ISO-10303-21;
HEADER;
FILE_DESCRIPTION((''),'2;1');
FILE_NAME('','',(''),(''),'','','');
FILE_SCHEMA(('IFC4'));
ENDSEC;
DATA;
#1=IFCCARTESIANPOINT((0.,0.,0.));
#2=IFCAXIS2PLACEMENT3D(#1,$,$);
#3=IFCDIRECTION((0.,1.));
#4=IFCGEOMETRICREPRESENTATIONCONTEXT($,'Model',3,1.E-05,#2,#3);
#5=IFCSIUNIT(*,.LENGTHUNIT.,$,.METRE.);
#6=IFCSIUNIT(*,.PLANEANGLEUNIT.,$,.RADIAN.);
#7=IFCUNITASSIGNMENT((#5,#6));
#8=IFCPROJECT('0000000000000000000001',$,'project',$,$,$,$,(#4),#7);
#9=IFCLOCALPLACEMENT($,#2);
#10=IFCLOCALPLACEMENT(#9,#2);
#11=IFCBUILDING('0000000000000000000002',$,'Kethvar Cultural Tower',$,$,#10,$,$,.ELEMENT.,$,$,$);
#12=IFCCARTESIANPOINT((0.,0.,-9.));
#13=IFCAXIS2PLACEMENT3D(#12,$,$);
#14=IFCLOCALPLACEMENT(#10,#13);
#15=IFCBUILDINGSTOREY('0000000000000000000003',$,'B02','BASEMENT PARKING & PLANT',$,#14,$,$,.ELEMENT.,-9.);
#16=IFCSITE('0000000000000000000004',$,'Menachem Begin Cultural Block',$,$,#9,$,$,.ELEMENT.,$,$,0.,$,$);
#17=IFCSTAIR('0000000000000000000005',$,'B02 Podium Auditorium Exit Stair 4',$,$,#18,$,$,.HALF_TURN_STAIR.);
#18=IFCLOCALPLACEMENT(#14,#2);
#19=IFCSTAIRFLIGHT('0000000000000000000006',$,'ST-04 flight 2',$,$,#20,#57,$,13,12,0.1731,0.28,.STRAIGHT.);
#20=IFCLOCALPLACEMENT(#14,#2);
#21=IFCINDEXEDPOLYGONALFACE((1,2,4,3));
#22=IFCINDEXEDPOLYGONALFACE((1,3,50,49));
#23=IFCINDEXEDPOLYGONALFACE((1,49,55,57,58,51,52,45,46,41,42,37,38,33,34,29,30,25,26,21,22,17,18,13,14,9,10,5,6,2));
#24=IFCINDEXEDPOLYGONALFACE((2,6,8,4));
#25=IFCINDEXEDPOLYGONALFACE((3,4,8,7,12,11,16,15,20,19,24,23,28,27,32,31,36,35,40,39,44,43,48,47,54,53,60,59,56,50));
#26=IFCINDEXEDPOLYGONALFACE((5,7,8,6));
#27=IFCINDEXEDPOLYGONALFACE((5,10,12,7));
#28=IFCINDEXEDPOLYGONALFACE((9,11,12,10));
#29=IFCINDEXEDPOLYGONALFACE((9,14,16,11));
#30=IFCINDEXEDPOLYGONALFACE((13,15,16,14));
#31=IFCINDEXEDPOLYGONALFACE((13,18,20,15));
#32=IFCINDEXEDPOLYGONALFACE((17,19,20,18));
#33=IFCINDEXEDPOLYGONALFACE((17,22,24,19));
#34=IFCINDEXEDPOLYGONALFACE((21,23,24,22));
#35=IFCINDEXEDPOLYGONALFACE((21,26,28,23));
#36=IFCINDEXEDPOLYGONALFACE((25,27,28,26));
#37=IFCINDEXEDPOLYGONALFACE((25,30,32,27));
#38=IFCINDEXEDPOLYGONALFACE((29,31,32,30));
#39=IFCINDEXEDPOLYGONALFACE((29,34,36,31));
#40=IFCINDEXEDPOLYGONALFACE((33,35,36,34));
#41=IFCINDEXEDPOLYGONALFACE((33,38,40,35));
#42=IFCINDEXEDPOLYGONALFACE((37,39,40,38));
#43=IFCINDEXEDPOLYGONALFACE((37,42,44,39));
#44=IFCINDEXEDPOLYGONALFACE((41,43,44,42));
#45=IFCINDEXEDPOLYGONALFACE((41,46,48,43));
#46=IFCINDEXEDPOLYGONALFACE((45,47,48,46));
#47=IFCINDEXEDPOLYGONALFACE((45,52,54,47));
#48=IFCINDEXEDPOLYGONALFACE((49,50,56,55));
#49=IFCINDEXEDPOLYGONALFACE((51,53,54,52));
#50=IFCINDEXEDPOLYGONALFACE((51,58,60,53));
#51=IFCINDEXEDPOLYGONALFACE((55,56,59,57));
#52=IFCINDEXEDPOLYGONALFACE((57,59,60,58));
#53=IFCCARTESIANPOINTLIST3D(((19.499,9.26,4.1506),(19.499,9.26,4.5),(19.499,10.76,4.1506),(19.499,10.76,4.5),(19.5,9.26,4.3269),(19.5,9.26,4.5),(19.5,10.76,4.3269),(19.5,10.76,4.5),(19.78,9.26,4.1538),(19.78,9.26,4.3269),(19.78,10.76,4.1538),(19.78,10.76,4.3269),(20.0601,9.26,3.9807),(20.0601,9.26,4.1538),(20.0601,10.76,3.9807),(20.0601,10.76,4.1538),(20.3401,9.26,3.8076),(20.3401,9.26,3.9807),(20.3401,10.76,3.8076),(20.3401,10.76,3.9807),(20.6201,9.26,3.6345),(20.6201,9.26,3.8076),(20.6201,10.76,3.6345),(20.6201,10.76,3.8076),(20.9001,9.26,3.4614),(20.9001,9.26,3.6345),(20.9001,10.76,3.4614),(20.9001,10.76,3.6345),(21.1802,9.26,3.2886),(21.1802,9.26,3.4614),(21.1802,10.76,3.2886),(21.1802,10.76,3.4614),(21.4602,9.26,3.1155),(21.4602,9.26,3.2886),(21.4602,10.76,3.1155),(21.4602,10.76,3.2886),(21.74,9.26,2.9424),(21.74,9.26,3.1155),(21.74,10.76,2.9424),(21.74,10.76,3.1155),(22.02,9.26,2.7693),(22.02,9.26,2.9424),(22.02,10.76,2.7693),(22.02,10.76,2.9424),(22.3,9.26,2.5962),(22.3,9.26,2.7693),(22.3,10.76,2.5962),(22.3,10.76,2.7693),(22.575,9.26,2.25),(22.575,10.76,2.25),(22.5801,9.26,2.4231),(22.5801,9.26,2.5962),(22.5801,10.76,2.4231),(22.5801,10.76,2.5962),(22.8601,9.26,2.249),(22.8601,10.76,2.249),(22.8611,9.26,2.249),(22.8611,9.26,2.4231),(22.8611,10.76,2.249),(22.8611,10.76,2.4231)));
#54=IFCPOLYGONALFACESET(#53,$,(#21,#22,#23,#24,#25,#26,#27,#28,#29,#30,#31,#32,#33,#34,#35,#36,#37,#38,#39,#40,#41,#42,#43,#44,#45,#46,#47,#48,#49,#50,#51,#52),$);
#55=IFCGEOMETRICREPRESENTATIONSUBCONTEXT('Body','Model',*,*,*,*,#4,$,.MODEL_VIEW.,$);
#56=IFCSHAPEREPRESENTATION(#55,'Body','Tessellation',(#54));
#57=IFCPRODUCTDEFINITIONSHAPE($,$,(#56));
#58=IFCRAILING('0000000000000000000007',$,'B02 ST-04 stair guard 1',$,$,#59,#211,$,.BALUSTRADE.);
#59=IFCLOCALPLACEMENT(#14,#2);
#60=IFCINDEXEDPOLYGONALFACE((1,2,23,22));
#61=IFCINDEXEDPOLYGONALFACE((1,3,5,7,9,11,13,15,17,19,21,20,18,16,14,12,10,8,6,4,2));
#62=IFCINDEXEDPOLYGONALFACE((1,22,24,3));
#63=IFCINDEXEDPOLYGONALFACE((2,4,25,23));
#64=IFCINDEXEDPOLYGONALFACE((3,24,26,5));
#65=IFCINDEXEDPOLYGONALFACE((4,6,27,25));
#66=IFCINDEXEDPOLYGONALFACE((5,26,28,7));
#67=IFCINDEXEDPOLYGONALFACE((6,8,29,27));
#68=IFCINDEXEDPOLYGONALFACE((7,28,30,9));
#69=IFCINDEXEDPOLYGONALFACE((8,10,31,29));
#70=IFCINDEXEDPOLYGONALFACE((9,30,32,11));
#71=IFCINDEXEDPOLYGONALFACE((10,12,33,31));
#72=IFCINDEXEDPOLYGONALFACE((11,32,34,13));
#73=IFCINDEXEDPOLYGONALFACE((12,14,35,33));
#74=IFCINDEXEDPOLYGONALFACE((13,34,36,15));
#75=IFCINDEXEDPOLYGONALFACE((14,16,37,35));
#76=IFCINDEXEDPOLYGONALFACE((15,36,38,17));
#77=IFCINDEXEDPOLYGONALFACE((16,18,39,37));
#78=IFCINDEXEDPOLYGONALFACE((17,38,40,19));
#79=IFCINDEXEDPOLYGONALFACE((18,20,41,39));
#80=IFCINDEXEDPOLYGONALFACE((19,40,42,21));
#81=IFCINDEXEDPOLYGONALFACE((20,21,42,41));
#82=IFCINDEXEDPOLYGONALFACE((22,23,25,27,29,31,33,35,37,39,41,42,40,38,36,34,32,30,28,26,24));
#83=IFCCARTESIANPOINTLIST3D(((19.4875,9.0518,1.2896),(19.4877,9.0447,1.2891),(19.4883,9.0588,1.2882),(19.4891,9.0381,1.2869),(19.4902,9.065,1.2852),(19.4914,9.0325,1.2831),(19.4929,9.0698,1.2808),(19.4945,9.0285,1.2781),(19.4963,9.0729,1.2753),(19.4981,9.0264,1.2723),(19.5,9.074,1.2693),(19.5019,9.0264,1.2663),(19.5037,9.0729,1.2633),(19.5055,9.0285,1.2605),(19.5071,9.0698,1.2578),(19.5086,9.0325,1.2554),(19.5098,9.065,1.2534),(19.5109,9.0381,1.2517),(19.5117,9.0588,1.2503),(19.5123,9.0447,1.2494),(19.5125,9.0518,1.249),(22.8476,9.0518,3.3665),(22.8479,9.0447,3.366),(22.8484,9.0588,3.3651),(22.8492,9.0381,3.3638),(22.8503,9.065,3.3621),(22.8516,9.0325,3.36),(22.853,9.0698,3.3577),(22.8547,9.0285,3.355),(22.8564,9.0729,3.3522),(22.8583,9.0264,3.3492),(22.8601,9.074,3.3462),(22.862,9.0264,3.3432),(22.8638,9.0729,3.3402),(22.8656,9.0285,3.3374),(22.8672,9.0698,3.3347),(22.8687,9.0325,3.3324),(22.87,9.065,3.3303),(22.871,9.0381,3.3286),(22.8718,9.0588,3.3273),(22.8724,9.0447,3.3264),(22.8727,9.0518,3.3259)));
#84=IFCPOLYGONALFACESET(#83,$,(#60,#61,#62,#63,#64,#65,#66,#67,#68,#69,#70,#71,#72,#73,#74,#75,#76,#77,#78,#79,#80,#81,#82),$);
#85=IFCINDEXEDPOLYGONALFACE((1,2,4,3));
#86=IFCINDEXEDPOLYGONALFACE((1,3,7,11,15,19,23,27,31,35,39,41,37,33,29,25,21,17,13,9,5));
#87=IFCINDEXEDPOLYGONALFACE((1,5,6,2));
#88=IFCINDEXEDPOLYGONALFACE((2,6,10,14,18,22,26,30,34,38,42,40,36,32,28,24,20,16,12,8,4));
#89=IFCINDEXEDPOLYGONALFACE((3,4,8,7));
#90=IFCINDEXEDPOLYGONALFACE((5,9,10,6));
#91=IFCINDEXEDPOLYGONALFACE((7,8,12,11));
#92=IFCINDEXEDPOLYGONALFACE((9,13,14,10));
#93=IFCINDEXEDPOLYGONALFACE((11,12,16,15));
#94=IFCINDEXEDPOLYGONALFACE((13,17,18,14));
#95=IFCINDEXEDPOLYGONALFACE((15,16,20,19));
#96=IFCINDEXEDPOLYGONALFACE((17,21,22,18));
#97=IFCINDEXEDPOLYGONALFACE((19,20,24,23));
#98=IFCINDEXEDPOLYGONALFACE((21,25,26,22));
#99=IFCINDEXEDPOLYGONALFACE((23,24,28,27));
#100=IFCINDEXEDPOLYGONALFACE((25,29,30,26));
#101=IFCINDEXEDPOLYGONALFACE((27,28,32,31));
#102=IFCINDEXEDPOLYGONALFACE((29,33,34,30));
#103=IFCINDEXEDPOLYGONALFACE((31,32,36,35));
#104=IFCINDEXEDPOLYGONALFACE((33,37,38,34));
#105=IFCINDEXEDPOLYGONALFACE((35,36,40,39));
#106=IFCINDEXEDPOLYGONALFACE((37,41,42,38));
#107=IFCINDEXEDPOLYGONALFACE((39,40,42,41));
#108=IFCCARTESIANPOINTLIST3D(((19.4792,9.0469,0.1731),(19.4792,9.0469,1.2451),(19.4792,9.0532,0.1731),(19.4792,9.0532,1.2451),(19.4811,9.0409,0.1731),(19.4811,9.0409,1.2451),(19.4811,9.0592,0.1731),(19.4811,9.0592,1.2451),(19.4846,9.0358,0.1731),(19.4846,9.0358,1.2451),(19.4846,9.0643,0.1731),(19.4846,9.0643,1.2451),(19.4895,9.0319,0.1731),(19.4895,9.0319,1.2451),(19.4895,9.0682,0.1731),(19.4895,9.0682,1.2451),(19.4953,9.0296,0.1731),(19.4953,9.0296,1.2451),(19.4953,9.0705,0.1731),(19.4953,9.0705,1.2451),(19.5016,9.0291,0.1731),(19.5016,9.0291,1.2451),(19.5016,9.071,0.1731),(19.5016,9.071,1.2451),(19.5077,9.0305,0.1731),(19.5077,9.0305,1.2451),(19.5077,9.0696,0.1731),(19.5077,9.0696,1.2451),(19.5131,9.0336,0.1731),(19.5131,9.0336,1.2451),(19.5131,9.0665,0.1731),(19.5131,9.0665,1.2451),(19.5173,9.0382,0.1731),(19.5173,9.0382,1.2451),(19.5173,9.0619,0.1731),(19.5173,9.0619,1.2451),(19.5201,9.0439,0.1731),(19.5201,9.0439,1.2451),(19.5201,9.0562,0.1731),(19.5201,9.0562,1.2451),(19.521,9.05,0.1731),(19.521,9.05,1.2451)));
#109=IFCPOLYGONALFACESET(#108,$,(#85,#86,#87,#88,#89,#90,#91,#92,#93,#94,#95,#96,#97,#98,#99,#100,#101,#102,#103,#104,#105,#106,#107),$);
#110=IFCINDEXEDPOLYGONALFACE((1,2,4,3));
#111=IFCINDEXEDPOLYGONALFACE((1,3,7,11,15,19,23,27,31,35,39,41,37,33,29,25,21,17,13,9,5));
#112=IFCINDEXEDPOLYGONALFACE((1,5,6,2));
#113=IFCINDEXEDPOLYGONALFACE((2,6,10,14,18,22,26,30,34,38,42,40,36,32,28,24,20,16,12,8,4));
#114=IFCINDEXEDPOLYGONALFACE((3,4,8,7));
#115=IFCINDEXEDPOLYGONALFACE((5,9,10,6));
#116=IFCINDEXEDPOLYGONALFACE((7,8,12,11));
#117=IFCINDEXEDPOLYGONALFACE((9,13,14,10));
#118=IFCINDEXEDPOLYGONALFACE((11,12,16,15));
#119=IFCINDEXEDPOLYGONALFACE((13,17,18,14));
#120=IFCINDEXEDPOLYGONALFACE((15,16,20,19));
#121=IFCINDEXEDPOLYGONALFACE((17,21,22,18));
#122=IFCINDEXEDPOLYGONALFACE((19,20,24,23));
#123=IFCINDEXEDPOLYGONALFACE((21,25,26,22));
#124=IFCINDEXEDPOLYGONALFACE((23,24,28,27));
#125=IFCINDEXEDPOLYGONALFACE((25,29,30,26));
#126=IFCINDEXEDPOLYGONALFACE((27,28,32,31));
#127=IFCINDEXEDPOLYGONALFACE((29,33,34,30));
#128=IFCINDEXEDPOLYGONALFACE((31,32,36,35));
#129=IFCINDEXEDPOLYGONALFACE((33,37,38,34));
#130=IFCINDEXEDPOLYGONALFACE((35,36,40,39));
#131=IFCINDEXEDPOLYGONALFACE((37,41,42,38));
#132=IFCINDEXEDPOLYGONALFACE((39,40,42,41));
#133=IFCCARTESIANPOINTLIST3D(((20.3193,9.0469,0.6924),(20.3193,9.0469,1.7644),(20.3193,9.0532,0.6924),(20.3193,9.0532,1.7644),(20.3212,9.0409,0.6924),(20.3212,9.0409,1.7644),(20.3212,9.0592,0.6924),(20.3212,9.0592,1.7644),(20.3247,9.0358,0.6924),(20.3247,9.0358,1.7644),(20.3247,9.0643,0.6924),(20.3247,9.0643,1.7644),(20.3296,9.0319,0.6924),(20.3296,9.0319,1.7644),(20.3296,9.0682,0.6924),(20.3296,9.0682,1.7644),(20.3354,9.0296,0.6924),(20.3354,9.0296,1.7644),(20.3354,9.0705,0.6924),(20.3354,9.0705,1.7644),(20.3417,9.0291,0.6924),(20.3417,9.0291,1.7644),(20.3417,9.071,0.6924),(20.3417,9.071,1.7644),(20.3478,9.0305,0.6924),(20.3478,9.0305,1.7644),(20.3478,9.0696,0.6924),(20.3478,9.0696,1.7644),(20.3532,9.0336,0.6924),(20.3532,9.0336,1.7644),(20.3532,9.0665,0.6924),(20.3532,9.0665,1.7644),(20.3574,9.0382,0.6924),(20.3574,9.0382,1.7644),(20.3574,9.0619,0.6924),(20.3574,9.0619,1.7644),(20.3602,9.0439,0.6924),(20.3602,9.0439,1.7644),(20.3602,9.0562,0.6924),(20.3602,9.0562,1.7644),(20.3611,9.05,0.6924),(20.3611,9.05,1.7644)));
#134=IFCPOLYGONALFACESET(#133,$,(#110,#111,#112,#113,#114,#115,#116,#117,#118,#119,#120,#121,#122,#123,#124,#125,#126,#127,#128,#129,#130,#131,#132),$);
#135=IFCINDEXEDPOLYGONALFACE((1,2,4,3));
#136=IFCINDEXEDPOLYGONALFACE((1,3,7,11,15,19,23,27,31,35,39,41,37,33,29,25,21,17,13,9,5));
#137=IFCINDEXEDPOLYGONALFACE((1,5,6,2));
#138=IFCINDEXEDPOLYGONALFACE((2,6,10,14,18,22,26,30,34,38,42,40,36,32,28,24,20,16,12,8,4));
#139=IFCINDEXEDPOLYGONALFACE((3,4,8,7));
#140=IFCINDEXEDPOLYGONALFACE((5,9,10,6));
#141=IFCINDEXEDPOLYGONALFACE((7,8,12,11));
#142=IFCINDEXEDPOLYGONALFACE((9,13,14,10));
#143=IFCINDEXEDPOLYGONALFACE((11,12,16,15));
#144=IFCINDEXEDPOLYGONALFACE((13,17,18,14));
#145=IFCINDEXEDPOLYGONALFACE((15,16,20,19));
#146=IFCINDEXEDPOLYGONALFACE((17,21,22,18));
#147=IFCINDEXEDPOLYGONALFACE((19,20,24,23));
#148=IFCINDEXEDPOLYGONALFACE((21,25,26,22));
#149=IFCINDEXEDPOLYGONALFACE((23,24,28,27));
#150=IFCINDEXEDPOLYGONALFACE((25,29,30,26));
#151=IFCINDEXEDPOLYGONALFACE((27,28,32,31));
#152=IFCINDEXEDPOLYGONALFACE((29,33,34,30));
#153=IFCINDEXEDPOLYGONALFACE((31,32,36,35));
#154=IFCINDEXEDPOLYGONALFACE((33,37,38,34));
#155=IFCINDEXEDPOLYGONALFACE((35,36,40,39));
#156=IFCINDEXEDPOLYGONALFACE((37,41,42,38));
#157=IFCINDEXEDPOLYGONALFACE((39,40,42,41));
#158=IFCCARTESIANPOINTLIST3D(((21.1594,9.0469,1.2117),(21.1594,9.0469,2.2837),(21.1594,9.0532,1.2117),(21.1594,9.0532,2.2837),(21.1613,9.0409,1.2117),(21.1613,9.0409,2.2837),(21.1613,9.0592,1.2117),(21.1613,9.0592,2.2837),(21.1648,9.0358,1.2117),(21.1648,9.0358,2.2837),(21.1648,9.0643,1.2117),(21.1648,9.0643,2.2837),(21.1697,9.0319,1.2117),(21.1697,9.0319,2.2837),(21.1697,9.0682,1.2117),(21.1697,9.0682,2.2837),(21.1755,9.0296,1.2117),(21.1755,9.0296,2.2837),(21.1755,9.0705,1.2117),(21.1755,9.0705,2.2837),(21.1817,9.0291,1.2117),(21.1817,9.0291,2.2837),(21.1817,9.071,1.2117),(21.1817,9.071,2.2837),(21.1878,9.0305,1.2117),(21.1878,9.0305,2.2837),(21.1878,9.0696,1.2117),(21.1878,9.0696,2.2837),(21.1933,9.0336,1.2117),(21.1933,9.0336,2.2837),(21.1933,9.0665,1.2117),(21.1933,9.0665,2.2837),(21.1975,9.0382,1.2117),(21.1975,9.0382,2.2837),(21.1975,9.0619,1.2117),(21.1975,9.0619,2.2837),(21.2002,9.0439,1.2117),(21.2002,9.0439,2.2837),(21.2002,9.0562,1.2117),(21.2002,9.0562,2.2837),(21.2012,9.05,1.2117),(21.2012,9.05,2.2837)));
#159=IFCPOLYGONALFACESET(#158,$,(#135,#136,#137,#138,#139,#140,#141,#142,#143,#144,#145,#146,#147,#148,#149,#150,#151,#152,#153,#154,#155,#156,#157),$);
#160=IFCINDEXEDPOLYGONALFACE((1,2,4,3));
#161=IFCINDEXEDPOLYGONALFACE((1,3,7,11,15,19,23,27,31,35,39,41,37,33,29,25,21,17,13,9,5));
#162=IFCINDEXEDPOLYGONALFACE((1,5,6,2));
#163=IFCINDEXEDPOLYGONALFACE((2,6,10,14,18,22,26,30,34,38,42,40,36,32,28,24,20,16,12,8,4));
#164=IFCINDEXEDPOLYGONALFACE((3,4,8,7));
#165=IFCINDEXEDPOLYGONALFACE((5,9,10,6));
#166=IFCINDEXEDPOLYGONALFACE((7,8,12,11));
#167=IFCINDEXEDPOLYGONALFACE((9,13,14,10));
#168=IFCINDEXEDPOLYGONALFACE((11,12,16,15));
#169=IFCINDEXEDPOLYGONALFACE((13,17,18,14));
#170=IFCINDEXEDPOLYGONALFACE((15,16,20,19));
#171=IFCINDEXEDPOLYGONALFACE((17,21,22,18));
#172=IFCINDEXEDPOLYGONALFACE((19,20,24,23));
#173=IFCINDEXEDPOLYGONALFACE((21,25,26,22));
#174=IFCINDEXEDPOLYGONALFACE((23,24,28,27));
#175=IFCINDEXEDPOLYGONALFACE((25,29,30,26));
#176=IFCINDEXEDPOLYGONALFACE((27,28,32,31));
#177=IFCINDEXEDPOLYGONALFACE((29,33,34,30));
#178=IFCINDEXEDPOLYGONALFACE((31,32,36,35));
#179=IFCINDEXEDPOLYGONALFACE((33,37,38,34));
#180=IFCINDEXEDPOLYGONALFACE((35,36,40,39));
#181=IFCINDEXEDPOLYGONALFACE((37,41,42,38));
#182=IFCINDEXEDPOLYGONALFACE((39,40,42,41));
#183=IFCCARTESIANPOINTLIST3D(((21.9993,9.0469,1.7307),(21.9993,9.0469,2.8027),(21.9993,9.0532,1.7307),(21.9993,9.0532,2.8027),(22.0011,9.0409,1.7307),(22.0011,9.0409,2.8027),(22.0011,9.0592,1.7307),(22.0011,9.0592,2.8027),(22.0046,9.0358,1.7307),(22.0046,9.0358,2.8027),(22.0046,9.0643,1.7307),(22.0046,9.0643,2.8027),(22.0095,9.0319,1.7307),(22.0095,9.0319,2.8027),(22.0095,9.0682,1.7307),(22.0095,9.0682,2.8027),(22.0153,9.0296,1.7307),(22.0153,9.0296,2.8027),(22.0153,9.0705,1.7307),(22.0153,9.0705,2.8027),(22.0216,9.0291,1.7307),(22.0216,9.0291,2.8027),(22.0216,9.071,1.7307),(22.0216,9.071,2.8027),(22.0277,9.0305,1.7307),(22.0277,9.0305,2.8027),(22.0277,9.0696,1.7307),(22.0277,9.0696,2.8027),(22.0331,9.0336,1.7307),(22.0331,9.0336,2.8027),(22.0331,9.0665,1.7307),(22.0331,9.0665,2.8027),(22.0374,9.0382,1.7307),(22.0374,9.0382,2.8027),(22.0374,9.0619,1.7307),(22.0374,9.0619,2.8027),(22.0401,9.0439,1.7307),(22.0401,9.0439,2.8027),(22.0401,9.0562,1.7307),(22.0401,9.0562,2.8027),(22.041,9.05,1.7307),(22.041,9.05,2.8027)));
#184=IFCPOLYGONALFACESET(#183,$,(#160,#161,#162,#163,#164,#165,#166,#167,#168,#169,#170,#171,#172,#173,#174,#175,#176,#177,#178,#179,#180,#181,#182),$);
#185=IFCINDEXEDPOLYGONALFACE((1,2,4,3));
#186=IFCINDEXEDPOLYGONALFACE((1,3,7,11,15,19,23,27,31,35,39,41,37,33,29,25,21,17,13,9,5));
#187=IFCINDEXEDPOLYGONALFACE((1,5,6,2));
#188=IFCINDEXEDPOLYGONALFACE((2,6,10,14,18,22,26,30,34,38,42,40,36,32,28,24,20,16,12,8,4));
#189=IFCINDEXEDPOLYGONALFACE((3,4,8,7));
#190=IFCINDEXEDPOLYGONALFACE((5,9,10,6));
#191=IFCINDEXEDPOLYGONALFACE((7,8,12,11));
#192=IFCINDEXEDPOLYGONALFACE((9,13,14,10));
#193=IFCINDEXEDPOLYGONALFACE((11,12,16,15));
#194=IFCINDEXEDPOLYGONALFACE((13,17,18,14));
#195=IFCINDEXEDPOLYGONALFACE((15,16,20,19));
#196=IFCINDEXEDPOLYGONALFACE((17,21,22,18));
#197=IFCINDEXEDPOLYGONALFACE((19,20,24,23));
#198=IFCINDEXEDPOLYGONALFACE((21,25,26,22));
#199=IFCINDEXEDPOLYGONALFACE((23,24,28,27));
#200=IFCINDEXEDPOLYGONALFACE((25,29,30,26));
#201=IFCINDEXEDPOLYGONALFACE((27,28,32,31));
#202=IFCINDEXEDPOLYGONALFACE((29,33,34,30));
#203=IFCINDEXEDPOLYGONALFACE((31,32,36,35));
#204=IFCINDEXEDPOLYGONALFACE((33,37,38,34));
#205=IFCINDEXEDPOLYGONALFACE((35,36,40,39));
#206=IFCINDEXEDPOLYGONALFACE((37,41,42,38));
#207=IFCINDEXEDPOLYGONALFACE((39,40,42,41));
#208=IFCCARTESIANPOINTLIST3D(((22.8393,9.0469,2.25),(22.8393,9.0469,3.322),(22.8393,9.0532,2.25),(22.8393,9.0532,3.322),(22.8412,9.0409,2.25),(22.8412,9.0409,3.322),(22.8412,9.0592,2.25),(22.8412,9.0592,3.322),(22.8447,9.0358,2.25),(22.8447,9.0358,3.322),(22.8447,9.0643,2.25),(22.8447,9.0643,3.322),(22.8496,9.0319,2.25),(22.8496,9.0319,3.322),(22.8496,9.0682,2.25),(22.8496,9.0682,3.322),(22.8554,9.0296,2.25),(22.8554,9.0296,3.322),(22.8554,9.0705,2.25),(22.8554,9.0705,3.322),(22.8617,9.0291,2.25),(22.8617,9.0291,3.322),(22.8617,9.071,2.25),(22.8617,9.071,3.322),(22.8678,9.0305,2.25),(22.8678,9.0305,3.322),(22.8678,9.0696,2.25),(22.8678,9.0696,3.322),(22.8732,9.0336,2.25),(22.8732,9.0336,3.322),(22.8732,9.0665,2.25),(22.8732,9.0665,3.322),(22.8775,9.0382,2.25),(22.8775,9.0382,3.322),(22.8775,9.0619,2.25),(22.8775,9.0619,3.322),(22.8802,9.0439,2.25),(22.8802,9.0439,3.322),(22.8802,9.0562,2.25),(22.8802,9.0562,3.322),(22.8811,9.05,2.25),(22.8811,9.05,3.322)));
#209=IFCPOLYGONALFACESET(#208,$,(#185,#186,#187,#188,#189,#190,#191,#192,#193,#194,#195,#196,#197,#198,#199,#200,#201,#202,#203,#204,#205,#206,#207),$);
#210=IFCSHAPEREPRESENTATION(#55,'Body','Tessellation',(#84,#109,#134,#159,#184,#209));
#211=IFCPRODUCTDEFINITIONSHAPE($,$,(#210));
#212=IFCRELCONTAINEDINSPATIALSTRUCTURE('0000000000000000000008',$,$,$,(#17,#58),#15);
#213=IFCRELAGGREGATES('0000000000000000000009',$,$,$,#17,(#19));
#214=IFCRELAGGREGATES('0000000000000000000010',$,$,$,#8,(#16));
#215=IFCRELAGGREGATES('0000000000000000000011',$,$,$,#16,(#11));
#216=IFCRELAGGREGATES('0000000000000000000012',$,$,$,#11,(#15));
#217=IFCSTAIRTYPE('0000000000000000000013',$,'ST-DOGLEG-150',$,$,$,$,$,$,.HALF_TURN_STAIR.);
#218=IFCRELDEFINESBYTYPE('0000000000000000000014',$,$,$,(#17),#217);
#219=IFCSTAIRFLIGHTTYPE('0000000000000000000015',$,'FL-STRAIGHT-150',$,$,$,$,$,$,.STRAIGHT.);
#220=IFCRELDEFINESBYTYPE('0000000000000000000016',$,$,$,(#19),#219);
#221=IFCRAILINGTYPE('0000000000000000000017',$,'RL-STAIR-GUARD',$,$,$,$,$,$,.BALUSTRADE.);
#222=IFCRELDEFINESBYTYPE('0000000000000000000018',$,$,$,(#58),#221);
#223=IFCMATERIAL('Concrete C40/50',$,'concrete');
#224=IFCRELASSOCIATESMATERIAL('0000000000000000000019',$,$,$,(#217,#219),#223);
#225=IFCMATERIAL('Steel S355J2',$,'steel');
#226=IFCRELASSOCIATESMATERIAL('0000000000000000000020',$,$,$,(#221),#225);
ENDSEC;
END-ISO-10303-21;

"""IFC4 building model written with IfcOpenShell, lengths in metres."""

from ifc_helpers import new_model, si_unit, direction, frame, origin, origin_2d, place, context, subcontext, project, spatial, polyline, circle, outline, extrude, material, type_object, element, aggregate, save


model = new_model("IFC4")

# Units and contexts
model_context = context("Model", 3, precision=1e-05, world=origin(), true_north=direction((0.0, 1.0)))
body_context = subcontext(model_context, "Body", "Model", "MODEL_VIEW")
ifc_project = project(units=[si_unit("LENGTHUNIT", "METRE"), si_unit("PLANEANGLEUNIT", "RADIAN")], contexts=[model_context])

# Site, building, storey
site_placement = place(None, origin())
site = spatial("IfcSite", under=ifc_project, at=site_placement, Name="Menachem Begin Cultural Block", CompositionType="ELEMENT", RefElevation=0.0)
building_placement = place(site_placement, origin())
building = spatial("IfcBuilding", under=site, at=building_placement, Name="Kethvar Cultural Tower", CompositionType="ELEMENT")
storey_placement = place(building_placement, frame((0.0, 0.0, -9.0)))
storey = spatial("IfcBuildingStorey", under=building, at=storey_placement, Name="B02", Description="BASEMENT PARKING & PLANT", CompositionType="ELEMENT", Elevation=-9.0)

# Stair
ifc_material_1 = material(Name="Concrete C40/50", Category="concrete")
stair_type_1 = type_object("IfcStairType", Name="ST-DOGLEG-150", PredefinedType="HALF_TURN_STAIR", material=ifc_material_1)
stair_1_placement = place(storey_placement, origin())
stair_1 = element("IfcStair", 1, at=stair_1_placement, inside=storey, type_object=stair_type_1, Name="B02 Podium Auditorium Exit Stair 4", PredefinedType="HALF_TURN_STAIR")

# Shared definitions
ifc_material_2 = material(Name="Steel S355J2", Category="steel")

# Stair flight
stair_flight_type = type_object("IfcStairFlightType", Name="FL-STRAIGHT-150", PredefinedType="STRAIGHT", material=ifc_material_1)
stair_flight_1_placement = place(storey_placement, frame((22.8601, 10.01, 2.25), z_axis=(0.0, 0.0, 1.0), x_axis=(-1.0, 0.0, 0.0)))
stair_flight_1 = element("IfcStairFlight", 2, at=stair_flight_1_placement, type_object=stair_flight_type, Name="ST-04 flight 2", NumberOfRisers=13, NumberOfTreads=12, PredefinedType="STRAIGHT", RiserHeight=0.1731, TreadLength=0.28, context=body_context, shape_type="SweptSolid", body=[
    extrude(outline(polyline([(-0.001, -0.001), (-0.001, 0.1731), (0.28, 0.1731), (0.28, 0.3462), (0.5601, 0.3462), (0.5601, 0.5193), (0.8401, 0.5193), (0.8401, 0.6924), (1.1201, 0.6924), (1.1201, 0.8655), (1.3999, 0.8655), (1.3999, 1.0386), (1.6799, 1.0386), (1.6799, 1.2114), (1.96, 1.2114), (1.96, 1.3845), (2.24, 1.3845), (2.24, 1.5576), (2.52, 1.5576), (2.52, 1.7307), (2.8, 1.7307), (2.8, 1.9038), (3.0801, 1.9038), (3.0801, 2.0769), (3.3601, 2.0769), (3.3601, 2.25), (3.3611, 2.25), (3.3611, 1.9006), (0.2852, 0.0), (0.0, -0.001), (-0.001, -0.001)])), frame((0.0, 0.75, 0.0), z_axis=(0.0, -1.0, 0.0), x_axis=(1.0, 0.0, 0.0)), (0.0, 0.0, 1.0), 1.5),
])
aggregate(stair_1, [stair_flight_1])

# Railing
railing_type_1 = type_object("IfcRailingType", Name="RL-STAIR-GUARD", PredefinedType="BALUSTRADE", material=ifc_material_2)
railing_1_placement = place(storey_placement, frame((19.5, 9.05, 0.1731)))
element("IfcRailing", 3, at=railing_1_placement, inside=storey, type_object=railing_type_1, Name="B02 ST-04 stair guard 1", PredefinedType="BALUSTRADE", context=body_context, shape_type="SweptSolid", body=[
    extrude(circle(Radius=0.0239, at=origin_2d()), frame((0.0, 0.0, 1.0962), z_axis=(0.850623, 0.0, 0.525776), x_axis=(0.0, 1.0, 0.0)), (0.0, 0.0, 1.0), 3.9502),
    extrude(circle(Radius=0.021, at=origin_2d()), origin(), (0.0, 0.0, 1.0), 1.072),
    extrude(circle(Radius=0.021, at=origin_2d()), frame((0.8401, 0.0, 0.5193)), (0.0, 0.0, 1.0), 1.072),
    extrude(circle(Radius=0.021, at=origin_2d()), frame((1.6802, 0.0, 1.0386)), (0.0, 0.0, 1.0), 1.072),
    extrude(circle(Radius=0.021, at=origin_2d()), frame((2.52, 0.0, 1.5576)), (0.0, 0.0, 1.0), 1.072),
    extrude(circle(Radius=0.021, at=origin_2d()), frame((3.3601, 0.0, 2.0769)), (0.0, 0.0, 1.0), 1.072),
])

save(model, "model.ifc")
